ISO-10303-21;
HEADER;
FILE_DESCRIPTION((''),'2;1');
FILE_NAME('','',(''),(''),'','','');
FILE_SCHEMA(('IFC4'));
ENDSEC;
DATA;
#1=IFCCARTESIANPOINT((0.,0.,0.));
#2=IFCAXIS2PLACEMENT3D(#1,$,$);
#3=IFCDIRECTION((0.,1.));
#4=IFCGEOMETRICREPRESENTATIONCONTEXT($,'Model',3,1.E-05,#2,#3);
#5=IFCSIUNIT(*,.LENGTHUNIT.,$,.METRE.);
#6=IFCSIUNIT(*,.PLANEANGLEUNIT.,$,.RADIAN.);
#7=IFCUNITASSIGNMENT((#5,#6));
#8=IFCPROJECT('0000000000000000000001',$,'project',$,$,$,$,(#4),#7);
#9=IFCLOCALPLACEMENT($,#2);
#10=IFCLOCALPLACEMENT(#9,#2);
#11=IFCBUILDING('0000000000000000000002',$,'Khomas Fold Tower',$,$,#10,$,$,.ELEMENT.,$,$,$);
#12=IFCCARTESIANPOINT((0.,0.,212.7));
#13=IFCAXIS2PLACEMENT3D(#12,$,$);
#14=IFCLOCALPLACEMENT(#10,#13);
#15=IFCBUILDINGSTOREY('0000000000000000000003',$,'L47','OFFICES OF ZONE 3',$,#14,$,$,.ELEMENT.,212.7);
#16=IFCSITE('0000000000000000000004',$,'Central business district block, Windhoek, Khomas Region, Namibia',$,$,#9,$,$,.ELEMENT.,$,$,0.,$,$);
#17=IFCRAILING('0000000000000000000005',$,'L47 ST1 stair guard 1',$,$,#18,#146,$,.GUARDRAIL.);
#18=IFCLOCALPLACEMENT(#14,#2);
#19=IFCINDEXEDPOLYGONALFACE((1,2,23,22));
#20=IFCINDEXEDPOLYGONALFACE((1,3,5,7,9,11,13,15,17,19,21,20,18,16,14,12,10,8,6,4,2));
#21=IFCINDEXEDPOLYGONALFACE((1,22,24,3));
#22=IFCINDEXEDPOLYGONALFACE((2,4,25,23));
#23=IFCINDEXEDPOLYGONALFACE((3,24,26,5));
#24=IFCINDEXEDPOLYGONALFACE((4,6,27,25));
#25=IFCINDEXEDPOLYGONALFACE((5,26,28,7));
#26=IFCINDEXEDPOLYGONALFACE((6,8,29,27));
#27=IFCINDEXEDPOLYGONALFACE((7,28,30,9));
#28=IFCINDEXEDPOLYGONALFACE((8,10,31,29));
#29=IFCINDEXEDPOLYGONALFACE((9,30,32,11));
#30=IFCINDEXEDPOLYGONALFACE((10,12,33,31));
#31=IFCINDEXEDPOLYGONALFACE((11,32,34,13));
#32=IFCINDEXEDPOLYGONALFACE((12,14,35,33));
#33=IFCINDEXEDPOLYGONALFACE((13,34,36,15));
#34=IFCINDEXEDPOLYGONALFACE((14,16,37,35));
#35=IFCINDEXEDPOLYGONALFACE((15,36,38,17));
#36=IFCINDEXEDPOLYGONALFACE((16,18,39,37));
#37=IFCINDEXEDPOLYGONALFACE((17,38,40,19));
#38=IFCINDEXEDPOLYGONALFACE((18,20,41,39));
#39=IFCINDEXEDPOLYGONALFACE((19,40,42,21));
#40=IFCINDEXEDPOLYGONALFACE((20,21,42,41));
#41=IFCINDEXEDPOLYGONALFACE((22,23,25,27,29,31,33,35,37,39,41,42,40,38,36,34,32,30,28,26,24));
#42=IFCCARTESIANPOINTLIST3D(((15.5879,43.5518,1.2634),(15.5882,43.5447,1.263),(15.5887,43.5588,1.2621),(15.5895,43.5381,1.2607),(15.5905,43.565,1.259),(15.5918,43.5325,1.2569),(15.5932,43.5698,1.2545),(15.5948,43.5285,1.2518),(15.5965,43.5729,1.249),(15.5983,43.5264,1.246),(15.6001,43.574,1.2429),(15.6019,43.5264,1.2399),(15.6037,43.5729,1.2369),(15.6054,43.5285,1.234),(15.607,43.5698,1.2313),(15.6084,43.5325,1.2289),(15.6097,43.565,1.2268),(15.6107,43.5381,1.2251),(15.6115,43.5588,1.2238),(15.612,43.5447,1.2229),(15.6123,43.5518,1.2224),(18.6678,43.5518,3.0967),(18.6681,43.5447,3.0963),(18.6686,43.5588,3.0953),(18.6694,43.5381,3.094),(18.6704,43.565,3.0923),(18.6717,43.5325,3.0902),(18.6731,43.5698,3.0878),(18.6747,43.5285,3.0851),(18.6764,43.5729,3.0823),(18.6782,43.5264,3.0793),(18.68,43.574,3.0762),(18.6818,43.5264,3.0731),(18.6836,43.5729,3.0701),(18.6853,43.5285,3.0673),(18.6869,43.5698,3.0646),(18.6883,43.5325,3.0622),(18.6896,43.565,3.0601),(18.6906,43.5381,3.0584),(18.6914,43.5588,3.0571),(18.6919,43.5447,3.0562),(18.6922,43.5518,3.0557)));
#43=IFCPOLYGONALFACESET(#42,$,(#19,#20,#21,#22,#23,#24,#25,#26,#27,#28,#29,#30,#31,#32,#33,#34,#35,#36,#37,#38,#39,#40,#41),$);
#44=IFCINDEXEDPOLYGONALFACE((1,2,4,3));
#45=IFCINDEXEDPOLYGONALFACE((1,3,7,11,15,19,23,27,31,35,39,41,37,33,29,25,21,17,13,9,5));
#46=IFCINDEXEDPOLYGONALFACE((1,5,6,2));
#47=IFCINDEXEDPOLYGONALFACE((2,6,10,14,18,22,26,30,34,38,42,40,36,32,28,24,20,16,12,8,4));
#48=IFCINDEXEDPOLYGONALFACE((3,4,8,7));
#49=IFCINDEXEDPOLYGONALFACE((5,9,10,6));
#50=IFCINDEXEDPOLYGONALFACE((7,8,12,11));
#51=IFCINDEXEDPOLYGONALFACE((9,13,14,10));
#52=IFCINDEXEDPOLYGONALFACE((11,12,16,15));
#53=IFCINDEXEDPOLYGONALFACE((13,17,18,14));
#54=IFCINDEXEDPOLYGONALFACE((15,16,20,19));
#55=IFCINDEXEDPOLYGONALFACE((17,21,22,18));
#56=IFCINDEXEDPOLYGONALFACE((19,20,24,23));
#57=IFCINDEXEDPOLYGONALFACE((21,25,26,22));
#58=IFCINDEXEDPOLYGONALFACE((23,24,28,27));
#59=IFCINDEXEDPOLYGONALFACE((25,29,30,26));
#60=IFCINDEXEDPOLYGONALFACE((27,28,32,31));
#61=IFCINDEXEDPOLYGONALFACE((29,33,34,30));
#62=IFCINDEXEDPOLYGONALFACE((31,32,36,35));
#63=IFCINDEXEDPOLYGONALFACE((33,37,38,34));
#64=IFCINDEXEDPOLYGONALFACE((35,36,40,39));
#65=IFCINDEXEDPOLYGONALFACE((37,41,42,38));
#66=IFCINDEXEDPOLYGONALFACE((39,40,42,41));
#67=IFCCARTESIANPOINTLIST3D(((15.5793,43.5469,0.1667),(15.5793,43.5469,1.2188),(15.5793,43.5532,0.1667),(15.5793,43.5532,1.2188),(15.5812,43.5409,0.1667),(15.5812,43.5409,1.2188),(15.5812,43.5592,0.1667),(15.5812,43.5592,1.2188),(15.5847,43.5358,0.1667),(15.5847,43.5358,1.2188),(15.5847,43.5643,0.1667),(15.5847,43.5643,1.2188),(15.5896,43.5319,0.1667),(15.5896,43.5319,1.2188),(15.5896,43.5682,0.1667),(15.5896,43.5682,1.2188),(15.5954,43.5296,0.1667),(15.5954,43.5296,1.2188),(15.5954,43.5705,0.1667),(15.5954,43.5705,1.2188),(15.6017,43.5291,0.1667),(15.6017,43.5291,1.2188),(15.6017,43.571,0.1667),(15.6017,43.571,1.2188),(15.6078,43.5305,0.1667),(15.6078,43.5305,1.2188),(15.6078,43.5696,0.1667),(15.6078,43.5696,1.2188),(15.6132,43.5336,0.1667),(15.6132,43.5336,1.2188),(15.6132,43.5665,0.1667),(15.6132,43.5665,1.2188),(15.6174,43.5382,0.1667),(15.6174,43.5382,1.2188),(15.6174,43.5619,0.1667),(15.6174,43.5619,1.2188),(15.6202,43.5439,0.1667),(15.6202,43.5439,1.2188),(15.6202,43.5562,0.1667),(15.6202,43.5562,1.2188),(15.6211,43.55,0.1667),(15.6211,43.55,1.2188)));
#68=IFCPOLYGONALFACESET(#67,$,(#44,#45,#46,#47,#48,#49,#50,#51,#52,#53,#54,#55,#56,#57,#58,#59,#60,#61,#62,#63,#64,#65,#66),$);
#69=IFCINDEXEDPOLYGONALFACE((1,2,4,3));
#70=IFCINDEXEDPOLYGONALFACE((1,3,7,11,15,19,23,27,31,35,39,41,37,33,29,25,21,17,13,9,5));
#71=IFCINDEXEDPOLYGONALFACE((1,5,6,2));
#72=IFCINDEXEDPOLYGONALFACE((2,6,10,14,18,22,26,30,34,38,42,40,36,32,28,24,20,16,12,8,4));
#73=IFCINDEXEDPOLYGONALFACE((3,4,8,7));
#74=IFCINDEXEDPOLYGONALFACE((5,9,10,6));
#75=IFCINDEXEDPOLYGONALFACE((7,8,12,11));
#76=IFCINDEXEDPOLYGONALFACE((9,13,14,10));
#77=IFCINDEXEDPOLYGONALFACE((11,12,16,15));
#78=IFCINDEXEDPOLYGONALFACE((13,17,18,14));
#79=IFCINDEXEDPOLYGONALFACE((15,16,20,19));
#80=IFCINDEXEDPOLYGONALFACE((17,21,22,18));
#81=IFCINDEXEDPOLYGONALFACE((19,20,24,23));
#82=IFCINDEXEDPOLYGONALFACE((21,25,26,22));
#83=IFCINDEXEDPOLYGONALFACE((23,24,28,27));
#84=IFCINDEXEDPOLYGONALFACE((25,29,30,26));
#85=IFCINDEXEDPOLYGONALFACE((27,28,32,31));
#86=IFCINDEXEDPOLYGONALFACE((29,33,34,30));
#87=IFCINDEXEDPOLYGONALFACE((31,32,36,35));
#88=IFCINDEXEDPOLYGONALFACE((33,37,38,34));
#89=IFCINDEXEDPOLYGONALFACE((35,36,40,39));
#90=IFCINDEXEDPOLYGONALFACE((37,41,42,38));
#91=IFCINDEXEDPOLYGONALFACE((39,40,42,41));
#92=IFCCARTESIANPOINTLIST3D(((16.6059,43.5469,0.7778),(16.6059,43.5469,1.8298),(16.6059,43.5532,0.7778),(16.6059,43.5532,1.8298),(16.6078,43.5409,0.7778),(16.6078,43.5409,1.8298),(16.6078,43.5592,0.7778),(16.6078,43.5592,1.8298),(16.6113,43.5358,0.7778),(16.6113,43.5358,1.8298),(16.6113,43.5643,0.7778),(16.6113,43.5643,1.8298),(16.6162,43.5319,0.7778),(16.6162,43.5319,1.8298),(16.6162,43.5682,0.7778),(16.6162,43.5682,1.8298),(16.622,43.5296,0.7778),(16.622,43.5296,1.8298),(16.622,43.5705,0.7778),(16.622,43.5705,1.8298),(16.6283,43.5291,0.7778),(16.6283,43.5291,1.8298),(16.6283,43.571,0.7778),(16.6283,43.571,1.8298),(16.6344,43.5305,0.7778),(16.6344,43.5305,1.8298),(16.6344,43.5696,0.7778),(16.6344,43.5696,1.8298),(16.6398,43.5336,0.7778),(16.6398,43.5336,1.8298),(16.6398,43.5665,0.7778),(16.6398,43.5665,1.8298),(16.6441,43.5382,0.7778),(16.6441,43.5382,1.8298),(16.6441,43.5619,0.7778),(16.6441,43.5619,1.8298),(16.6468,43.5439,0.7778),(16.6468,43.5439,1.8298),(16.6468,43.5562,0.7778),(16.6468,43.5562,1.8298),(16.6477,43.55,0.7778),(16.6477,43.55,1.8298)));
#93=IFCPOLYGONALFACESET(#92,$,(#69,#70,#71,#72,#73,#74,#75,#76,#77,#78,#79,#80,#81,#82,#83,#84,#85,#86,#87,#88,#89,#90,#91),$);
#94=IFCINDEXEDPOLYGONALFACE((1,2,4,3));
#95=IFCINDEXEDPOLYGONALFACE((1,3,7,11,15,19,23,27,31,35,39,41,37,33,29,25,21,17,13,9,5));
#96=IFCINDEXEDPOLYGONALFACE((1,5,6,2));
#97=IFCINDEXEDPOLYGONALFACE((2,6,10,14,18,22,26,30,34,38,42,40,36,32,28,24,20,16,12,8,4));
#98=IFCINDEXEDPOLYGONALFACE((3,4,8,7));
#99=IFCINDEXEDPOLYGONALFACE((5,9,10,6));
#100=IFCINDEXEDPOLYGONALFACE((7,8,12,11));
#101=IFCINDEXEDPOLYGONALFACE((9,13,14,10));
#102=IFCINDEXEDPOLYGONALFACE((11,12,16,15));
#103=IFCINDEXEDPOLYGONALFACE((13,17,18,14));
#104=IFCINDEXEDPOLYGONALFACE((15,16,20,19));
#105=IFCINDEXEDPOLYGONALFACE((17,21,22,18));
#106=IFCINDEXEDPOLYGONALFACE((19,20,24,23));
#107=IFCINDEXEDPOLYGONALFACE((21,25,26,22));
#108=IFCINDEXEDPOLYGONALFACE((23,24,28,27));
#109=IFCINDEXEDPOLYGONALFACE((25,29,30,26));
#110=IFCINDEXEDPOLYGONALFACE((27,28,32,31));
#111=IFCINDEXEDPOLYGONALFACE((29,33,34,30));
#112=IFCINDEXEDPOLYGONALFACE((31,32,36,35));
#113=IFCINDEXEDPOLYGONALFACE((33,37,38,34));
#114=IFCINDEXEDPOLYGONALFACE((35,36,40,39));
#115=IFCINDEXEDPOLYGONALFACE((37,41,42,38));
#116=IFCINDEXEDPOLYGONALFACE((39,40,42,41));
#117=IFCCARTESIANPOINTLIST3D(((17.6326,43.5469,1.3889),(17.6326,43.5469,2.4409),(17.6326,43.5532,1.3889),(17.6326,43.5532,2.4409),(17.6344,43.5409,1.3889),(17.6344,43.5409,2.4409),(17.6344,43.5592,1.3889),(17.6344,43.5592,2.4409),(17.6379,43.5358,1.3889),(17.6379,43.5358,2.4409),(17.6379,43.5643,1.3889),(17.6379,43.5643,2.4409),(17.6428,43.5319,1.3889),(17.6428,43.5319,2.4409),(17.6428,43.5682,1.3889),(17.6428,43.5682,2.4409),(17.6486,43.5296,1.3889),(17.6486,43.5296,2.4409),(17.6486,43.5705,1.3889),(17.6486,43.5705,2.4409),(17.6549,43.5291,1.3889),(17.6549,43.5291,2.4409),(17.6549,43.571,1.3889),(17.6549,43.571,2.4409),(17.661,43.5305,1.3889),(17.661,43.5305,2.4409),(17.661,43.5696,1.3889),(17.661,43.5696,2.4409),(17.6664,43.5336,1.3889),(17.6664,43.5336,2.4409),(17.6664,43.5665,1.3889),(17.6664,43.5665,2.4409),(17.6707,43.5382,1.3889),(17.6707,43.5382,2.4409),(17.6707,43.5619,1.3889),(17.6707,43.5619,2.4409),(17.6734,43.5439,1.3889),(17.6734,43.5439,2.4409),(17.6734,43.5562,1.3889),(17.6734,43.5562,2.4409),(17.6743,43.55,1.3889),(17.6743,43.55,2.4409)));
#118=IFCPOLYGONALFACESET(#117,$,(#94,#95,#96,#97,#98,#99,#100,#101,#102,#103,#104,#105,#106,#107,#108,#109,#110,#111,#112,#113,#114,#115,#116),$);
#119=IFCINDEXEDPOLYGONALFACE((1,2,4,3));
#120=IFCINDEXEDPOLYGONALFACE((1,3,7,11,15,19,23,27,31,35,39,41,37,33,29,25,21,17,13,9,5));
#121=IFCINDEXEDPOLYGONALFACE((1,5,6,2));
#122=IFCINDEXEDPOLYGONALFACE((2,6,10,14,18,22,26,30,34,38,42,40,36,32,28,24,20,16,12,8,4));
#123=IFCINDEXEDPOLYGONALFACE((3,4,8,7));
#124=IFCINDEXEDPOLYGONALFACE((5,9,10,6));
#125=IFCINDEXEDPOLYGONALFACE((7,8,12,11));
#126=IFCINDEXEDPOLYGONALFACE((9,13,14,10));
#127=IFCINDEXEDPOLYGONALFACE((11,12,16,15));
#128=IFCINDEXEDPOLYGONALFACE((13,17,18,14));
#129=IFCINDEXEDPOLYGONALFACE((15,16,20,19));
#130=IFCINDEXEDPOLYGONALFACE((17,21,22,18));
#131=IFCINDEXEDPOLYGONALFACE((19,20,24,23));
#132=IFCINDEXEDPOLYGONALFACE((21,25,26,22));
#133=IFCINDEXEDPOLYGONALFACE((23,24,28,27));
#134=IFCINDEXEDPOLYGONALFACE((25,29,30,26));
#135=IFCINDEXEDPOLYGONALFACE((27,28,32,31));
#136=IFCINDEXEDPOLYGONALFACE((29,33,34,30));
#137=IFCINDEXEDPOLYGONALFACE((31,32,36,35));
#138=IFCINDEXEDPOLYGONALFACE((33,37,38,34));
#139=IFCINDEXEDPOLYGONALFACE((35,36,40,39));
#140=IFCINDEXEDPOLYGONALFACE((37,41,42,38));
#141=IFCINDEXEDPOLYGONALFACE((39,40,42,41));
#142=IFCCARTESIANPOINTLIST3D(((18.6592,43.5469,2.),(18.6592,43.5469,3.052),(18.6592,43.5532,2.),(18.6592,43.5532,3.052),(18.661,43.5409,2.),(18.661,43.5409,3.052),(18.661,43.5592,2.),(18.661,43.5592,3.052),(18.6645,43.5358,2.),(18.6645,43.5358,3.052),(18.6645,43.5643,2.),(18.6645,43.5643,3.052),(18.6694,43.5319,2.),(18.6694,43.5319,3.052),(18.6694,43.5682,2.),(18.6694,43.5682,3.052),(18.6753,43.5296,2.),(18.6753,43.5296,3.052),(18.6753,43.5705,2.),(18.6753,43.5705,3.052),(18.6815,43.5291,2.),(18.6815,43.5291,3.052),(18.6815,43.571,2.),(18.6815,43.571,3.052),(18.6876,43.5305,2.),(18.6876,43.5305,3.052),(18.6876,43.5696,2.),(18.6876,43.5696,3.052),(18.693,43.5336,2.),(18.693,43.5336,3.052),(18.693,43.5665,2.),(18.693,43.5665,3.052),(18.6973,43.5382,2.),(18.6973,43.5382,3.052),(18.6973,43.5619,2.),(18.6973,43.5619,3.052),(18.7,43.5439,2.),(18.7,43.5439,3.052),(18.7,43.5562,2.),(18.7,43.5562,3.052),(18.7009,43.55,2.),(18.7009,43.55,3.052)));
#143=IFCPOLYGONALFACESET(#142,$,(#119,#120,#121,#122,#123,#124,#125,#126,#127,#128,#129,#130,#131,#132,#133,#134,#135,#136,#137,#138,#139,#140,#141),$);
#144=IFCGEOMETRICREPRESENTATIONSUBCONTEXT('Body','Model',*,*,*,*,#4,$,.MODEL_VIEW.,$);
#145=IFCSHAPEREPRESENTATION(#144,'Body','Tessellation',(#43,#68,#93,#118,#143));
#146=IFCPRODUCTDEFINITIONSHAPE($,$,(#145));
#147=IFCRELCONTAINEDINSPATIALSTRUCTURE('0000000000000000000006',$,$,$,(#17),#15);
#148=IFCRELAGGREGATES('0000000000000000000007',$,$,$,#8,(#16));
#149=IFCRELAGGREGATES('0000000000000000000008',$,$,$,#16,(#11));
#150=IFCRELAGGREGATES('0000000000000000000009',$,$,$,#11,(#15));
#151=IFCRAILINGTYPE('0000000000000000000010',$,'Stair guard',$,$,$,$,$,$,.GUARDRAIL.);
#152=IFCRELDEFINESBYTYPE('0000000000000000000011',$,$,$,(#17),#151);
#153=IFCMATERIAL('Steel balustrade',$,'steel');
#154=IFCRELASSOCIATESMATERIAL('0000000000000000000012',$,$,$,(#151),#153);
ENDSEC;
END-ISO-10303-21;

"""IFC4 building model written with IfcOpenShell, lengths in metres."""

from ifc_helpers import new_model, si_unit, direction, frame, origin, origin_2d, place, context, subcontext, project, spatial, circle, extrude, source, transform, mapped, material, type_object, element, save


model = new_model("IFC4")

# Units and contexts
model_context = context("Model", 3, precision=1e-05, world=origin(), true_north=direction((0.0, 1.0)))
body_context = subcontext(model_context, "Body", "Model", "MODEL_VIEW")
ifc_project = project(units=[si_unit("LENGTHUNIT", "METRE"), si_unit("PLANEANGLEUNIT", "RADIAN")], contexts=[model_context])

# Site, building, storey
site_placement = place(None, origin())
site = spatial("IfcSite", under=ifc_project, at=site_placement, Name="Central business district block, Windhoek, Khomas Region, Namibia", CompositionType="ELEMENT", RefElevation=0.0)
building_placement = place(site_placement, origin())
building = spatial("IfcBuilding", under=site, at=building_placement, Name="Khomas Fold Tower", CompositionType="ELEMENT")
storey_placement = place(building_placement, frame((0.0, 0.0, 212.7)))
storey = spatial("IfcBuildingStorey", under=building, at=storey_placement, Name="L47", Description="OFFICES OF ZONE 3", CompositionType="ELEMENT", Elevation=212.7)

# Railing
ifc_material_1 = material(Name="Steel balustrade", Category="steel")
railing_type_1 = type_object("IfcRailingType", Name="Stair guard", PredefinedType="GUARDRAIL", material=ifc_material_1)
shared_shape_1 = source(origin(), body_context, "Body", "SweptSolid", [
    extrude(circle(Radius=0.0239, at=origin_2d()), frame((0.0, 0.0, 1.0762), z_axis=(0.859291, 0.0, 0.511487), x_axis=(0.0, 1.0, 0.0)), (0.0, 0.0, 1.0), 3.5842),
    extrude(circle(Radius=0.021, at=origin_2d()), origin(), (0.0, 0.0, 1.0), 1.052),
    extrude(circle(Radius=0.021, at=origin_2d()), frame((1.0266, 0.0, 0.6111)), (0.0, 0.0, 1.0), 1.052),
    extrude(circle(Radius=0.021, at=origin_2d()), frame((2.0532, 0.0, 1.2222)), (0.0, 0.0, 1.0), 1.052),
    extrude(circle(Radius=0.021, at=origin_2d()), frame((3.0798, 0.0, 1.8333)), (0.0, 0.0, 1.0), 1.052),
])
railing_1_placement = place(storey_placement, frame((15.6001, 43.55, 0.1667)))
element("IfcRailing", 1, at=railing_1_placement, inside=storey, type_object=railing_type_1, Name="L47 ST1 stair guard 1", PredefinedType="GUARDRAIL", context=body_context, shape_type="MappedRepresentation", body=[
    mapped(shared_shape_1, transform((0.0, 0.0, 0.0))),
])

save(model, "model.ifc")
